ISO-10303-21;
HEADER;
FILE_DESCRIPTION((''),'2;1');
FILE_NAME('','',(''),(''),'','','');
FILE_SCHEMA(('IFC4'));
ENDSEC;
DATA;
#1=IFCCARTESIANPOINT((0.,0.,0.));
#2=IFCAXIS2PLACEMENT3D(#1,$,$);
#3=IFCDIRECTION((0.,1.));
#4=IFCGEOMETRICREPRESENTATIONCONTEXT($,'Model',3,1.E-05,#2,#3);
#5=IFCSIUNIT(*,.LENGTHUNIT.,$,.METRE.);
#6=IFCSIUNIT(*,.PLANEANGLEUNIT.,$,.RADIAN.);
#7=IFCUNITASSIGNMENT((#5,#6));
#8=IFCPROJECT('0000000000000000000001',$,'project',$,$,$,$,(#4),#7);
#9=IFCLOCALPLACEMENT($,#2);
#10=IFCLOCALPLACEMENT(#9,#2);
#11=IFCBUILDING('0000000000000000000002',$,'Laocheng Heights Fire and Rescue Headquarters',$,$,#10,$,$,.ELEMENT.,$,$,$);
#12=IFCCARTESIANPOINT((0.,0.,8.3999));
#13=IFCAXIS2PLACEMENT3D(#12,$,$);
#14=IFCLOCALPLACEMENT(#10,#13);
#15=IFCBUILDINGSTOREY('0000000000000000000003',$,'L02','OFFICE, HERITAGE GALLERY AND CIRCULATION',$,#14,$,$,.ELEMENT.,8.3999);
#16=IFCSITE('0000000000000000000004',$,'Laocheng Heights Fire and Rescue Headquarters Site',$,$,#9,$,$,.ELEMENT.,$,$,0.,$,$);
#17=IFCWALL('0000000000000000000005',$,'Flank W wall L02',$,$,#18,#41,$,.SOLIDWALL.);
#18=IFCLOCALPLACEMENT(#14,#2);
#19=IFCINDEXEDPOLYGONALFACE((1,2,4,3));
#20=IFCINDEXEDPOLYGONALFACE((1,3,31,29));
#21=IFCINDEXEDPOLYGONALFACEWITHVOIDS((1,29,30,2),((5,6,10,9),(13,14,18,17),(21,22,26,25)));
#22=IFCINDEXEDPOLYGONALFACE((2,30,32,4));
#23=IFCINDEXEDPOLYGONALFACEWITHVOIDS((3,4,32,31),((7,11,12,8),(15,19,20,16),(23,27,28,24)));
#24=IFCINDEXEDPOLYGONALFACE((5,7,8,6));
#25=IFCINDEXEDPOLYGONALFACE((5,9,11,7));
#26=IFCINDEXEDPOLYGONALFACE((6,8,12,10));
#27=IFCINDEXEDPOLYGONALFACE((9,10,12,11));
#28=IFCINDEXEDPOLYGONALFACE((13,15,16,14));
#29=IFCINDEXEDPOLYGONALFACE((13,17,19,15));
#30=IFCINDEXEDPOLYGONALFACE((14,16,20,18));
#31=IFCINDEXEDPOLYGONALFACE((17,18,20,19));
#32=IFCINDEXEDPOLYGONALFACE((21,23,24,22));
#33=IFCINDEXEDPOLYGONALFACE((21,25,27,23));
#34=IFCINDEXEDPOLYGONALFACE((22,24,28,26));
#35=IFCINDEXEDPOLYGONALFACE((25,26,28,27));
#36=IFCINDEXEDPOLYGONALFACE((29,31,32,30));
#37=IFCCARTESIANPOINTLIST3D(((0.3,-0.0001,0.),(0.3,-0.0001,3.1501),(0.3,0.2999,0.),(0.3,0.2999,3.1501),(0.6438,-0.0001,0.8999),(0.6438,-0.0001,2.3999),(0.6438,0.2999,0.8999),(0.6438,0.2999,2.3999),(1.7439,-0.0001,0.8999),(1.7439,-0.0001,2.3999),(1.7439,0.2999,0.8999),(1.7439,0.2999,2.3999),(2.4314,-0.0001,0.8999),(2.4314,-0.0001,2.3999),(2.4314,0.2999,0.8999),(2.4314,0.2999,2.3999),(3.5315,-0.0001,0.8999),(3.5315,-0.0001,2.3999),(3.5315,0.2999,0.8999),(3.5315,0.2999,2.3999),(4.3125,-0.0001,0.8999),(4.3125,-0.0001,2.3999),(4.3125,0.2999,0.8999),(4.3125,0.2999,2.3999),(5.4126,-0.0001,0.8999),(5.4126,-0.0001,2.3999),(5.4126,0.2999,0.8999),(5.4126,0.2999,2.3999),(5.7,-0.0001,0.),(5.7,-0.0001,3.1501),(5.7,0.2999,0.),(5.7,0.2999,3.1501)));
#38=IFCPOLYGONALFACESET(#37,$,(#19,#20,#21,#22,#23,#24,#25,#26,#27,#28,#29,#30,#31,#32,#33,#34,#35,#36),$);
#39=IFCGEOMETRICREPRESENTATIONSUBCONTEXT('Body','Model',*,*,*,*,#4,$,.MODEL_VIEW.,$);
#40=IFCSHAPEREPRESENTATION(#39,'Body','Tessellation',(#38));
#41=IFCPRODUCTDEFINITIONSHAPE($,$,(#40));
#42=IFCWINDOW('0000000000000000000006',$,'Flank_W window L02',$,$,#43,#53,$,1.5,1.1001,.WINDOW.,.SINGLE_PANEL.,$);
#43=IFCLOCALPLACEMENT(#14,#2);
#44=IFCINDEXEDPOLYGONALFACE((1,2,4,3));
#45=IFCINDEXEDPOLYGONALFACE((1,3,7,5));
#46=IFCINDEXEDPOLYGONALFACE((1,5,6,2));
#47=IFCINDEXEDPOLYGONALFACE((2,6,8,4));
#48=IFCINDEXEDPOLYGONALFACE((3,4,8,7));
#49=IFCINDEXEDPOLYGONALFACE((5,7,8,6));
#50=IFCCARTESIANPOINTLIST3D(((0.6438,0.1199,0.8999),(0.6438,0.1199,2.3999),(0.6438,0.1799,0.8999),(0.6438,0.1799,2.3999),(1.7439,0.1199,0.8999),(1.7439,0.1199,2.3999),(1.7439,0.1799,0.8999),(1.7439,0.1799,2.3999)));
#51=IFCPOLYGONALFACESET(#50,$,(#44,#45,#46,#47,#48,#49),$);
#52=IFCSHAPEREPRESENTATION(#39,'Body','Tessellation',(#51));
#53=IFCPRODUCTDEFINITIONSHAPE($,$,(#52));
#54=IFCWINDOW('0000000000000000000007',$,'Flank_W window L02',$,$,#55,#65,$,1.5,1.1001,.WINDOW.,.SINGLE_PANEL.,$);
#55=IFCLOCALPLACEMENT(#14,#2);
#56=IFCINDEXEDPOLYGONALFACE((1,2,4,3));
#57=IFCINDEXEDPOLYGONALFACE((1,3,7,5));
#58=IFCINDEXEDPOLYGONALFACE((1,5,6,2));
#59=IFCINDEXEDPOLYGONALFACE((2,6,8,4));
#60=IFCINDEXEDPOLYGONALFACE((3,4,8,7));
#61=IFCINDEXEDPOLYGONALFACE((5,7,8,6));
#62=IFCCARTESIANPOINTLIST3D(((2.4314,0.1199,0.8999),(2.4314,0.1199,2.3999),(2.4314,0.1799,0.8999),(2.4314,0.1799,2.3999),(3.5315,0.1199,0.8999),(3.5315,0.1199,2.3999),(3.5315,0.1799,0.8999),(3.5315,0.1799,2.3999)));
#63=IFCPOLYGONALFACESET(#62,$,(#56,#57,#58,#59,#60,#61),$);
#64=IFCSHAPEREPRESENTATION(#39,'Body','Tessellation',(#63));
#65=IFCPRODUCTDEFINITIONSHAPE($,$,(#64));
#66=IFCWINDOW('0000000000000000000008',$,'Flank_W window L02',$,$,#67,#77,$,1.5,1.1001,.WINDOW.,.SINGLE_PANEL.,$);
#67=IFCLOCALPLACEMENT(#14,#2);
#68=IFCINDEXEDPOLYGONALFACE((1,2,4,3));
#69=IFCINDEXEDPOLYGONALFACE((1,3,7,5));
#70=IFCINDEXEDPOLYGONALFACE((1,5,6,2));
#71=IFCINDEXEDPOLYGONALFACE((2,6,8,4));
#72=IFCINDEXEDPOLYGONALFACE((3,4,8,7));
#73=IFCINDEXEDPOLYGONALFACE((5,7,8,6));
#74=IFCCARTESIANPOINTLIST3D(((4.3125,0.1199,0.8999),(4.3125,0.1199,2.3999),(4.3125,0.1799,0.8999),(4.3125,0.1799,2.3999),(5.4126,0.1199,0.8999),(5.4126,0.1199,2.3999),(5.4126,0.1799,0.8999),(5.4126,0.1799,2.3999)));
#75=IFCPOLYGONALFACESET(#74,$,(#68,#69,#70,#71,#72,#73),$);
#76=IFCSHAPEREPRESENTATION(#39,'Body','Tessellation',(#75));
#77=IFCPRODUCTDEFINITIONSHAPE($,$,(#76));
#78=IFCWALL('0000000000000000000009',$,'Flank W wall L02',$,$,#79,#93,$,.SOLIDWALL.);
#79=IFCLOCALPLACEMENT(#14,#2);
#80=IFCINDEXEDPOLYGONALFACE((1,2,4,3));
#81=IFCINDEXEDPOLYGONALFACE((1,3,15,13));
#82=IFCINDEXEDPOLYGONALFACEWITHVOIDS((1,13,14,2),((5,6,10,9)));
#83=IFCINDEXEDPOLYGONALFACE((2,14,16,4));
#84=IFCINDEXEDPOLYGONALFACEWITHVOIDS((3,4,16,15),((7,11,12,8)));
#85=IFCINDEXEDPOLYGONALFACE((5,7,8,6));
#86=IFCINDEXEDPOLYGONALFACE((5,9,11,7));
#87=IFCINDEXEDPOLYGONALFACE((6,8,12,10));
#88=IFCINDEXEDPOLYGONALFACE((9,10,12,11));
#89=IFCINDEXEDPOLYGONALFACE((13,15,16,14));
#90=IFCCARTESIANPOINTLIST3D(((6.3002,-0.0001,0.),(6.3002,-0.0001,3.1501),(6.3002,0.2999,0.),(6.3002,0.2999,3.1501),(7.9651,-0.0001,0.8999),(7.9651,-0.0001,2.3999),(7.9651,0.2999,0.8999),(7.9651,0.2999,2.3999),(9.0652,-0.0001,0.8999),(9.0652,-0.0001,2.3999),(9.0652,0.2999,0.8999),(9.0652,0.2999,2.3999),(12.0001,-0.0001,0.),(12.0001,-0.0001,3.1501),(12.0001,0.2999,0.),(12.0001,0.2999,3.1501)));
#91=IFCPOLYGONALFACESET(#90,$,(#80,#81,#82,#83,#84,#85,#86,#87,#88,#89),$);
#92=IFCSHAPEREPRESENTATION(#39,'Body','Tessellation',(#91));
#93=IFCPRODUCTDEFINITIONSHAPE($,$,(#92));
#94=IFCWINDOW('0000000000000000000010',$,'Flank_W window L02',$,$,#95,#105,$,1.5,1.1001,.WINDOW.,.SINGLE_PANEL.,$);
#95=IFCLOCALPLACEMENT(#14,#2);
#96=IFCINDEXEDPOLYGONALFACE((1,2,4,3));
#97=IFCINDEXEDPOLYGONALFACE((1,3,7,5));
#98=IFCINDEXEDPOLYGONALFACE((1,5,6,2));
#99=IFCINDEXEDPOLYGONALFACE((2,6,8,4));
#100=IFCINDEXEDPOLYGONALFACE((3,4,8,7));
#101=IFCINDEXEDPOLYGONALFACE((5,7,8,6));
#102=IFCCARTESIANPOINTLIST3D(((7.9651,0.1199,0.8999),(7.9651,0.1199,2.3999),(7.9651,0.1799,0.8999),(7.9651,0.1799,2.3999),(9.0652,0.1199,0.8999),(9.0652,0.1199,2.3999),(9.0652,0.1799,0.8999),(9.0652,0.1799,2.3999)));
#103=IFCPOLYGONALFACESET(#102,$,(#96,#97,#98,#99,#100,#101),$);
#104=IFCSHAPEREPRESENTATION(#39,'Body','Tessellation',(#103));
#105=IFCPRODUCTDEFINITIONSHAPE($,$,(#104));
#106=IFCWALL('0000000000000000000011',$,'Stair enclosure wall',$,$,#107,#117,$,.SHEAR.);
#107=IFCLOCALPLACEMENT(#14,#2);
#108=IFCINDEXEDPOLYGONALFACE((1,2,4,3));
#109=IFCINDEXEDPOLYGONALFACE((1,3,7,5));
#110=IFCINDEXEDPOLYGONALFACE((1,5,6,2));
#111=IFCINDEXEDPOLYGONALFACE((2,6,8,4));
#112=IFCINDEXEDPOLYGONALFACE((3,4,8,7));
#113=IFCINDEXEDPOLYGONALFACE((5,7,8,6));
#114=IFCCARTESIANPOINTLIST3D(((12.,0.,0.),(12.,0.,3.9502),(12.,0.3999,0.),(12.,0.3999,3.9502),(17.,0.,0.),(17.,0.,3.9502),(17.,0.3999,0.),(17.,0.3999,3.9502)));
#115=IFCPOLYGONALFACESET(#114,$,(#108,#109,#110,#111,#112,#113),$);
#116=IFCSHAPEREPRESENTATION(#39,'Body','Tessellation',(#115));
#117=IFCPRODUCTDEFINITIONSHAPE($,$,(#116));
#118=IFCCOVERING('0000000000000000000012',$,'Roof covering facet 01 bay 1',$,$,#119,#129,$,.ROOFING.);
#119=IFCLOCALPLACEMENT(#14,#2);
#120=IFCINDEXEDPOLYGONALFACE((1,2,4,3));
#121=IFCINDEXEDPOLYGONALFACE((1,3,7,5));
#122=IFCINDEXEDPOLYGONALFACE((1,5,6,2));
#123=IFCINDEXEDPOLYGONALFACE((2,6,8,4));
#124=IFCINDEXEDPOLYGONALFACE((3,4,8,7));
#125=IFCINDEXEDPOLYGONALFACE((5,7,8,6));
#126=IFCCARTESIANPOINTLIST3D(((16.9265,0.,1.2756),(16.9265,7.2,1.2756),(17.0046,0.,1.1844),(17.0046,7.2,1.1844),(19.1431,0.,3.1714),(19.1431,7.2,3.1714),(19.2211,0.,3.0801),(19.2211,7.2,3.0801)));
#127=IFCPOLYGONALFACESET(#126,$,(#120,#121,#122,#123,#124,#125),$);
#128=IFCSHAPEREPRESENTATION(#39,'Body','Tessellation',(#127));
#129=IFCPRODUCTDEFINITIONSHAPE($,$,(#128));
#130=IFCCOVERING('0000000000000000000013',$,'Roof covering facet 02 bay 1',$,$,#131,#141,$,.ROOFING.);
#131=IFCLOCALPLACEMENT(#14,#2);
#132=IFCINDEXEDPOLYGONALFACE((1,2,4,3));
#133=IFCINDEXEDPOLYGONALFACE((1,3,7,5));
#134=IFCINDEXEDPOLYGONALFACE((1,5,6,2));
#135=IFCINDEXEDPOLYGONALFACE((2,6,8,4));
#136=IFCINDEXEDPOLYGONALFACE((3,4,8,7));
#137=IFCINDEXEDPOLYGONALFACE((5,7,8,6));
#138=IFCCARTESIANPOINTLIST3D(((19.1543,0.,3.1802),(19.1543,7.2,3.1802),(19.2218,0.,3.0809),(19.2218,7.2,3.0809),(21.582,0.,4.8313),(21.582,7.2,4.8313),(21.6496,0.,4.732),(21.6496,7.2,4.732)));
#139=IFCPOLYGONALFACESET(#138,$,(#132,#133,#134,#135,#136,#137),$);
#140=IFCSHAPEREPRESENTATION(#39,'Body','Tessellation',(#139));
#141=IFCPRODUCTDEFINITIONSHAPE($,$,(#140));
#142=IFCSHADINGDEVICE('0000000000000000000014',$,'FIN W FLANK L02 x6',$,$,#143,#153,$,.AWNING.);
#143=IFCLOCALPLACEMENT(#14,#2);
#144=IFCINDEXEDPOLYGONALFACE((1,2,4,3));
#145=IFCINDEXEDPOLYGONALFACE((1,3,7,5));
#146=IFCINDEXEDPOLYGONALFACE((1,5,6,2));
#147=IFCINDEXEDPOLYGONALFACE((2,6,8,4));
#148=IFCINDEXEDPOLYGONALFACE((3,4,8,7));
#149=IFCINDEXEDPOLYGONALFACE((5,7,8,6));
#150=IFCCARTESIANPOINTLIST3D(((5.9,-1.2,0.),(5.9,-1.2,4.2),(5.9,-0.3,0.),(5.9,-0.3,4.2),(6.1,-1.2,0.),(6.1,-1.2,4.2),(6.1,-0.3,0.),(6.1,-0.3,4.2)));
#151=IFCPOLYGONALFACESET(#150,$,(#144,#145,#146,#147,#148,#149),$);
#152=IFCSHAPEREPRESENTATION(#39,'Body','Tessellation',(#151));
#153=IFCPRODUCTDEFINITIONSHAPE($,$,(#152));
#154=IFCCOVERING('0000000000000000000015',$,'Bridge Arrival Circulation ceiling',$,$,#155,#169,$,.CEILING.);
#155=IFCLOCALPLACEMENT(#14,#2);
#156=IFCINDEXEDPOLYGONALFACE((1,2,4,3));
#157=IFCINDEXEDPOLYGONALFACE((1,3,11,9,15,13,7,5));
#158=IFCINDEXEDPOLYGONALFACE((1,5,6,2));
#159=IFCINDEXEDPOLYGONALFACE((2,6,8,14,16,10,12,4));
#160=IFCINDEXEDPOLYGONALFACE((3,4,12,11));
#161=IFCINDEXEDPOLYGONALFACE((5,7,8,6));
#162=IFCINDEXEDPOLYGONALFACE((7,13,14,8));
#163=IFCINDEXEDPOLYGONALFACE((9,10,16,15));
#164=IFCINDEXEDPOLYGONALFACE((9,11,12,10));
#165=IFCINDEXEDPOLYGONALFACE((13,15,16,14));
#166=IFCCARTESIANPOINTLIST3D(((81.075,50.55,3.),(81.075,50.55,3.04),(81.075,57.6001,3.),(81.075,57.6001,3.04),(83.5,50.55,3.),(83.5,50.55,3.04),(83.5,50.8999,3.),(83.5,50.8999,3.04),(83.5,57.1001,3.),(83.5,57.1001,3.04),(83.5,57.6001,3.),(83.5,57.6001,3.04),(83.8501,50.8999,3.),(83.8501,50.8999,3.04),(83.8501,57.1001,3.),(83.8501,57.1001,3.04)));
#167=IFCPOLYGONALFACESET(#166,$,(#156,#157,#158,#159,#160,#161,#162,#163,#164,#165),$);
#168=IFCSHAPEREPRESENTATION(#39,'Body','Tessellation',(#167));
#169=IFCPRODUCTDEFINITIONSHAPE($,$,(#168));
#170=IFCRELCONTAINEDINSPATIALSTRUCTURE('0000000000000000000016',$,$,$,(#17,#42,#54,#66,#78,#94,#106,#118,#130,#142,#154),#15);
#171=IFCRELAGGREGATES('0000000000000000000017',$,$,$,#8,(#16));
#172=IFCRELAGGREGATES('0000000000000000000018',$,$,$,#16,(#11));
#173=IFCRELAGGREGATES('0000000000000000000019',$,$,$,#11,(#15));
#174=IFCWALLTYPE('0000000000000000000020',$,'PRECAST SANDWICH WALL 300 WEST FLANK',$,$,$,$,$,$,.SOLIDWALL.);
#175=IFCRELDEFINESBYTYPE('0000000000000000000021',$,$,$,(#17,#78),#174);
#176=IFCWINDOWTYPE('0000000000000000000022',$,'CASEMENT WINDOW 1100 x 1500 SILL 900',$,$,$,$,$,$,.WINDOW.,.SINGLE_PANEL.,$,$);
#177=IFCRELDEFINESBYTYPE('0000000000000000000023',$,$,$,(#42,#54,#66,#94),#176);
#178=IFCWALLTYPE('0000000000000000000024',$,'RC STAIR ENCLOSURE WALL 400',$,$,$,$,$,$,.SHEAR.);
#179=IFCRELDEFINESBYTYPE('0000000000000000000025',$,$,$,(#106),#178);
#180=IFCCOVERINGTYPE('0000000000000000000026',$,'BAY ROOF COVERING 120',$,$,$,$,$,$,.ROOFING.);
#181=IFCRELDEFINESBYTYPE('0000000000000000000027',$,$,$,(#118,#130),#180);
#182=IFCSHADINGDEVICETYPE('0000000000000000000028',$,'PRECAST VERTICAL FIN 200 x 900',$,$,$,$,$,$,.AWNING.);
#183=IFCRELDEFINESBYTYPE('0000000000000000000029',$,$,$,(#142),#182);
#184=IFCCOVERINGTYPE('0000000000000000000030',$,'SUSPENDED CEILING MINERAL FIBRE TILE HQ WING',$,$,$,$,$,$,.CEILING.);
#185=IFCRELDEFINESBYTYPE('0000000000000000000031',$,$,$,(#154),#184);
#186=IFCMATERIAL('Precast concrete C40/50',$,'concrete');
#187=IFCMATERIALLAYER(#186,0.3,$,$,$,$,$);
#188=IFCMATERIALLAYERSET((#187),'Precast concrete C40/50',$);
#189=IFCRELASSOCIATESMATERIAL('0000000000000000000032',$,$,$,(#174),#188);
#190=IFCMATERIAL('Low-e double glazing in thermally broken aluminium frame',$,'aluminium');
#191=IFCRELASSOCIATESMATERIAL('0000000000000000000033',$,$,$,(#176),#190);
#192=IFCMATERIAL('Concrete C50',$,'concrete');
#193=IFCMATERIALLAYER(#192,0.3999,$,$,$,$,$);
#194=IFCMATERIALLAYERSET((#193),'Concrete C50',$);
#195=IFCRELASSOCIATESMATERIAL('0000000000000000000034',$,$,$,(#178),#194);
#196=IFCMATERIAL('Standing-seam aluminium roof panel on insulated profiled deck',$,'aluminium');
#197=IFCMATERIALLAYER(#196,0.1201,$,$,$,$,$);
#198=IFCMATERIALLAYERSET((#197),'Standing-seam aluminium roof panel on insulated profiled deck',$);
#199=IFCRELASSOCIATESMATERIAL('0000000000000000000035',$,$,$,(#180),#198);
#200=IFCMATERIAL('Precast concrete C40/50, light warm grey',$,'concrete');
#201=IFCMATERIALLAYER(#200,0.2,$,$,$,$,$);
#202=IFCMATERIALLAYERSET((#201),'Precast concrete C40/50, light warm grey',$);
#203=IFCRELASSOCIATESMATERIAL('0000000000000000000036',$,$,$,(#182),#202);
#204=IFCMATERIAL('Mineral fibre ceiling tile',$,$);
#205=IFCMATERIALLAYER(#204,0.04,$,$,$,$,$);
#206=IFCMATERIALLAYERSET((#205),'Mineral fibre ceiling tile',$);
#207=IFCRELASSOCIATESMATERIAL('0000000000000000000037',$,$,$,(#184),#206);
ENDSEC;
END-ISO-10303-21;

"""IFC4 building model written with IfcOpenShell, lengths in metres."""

from ifc_helpers import new_model, si_unit, direction, frame, frame_2d, origin, origin_2d, place, context, subcontext, project, spatial, polyline, rectangle, outline, extrude, material, layer, layer_set, type_object, element, fill, save


model = new_model("IFC4")

# Units and contexts
model_context = context("Model", 3, precision=1e-05, world=origin(), true_north=direction((0.0, 1.0)))
body_context = subcontext(model_context, "Body", "Model", "MODEL_VIEW")
ifc_project = project(units=[si_unit("LENGTHUNIT", "METRE"), si_unit("PLANEANGLEUNIT", "RADIAN")], contexts=[model_context])

# Site, building, storey
site_placement = place(None, origin())
site = spatial("IfcSite", under=ifc_project, at=site_placement, Name="Laocheng Heights Fire and Rescue Headquarters Site", CompositionType="ELEMENT", RefElevation=0.0)
building_placement = place(site_placement, origin())
building = spatial("IfcBuilding", under=site, at=building_placement, Name="Laocheng Heights Fire and Rescue Headquarters", CompositionType="ELEMENT")
storey_placement = place(building_placement, frame((0.0, 0.0, 8.3999)))
storey = spatial("IfcBuildingStorey", under=building, at=storey_placement, Name="L02", Description="OFFICE, HERITAGE GALLERY AND CIRCULATION", CompositionType="ELEMENT", Elevation=8.3999)

# Wall, openings, windows
ifc_material_1 = material(Name="Precast concrete C40/50", Category="concrete")
ifc_layer_1 = layer(ifc_material_1, 0.3)
ifc_layer_set_1 = layer_set([ifc_layer_1], Name="Precast concrete C40/50")
wall_type_1 = type_object("IfcWallType", Name="PRECAST SANDWICH WALL 300 WEST FLANK", PredefinedType="SOLIDWALL", material=ifc_layer_set_1)
wall_1_placement = place(storey_placement, frame((0.3, 0.1499, 0.0), z_axis=(0.0, 0.0, 1.0), x_axis=(1.0, 0.0, 0.0)))
wall_1 = element("IfcWall", 1, at=wall_1_placement, inside=storey, type_object=wall_type_1, Name="Flank W wall L02", PredefinedType="SOLIDWALL", context=body_context, shape_type="SweptSolid", body=[
    extrude(rectangle(XDim=5.3999, YDim=0.3, at=frame_2d((2.7, 0.0))), origin(), (0.0, 0.0, 1.0), 3.1501),
])
opening_1_placement = place(wall_1_placement, frame((0.3438, 0.0, 0.8999)))
opening_1 = element("IfcOpeningElement", 2, at=opening_1_placement, cuts=wall_1, PredefinedType="OPENING", context=body_context, shape_type="SweptSolid", body=[
    extrude(rectangle(XDim=1.1001, YDim=1.5, at=frame_2d((0.55, 0.75))), frame((0.0, 0.1599, 0.0), z_axis=(0.0, -1.0, 0.0), x_axis=(1.0, 0.0, 0.0)), (0.0, 0.0, 1.0), 0.3201),
])
opening_2_placement = place(wall_1_placement, frame((2.1313, 0.0, 0.8999)))
opening_2 = element("IfcOpeningElement", 3, at=opening_2_placement, cuts=wall_1, PredefinedType="OPENING", context=body_context, shape_type="SweptSolid", body=[
    extrude(rectangle(XDim=1.1001, YDim=1.5, at=frame_2d((0.55, 0.75))), frame((0.0, 0.1599, 0.0), z_axis=(0.0, -1.0, 0.0), x_axis=(1.0, 0.0, 0.0)), (0.0, 0.0, 1.0), 0.3201),
])
opening_3_placement = place(wall_1_placement, frame((4.0125, 0.0, 0.8999)))
opening_3 = element("IfcOpeningElement", 4, at=opening_3_placement, cuts=wall_1, PredefinedType="OPENING", context=body_context, shape_type="SweptSolid", body=[
    extrude(rectangle(XDim=1.1001, YDim=1.5, at=frame_2d((0.55, 0.75))), frame((0.0, 0.1599, 0.0), z_axis=(0.0, -1.0, 0.0), x_axis=(1.0, 0.0, 0.0)), (0.0, 0.0, 1.0), 0.3201),
])
ifc_material_2 = material(Name="Low-e double glazing in thermally broken aluminium frame", Category="aluminium")
window_type = type_object("IfcWindowType", Name="CASEMENT WINDOW 1100 x 1500 SILL 900", PartitioningType="SINGLE_PANEL", PredefinedType="WINDOW", material=ifc_material_2)
window_1_placement = place(opening_1_placement, origin())
window_1 = element("IfcWindow", 5, at=window_1_placement, inside=storey, type_object=window_type, Name="Flank_W window L02", OverallHeight=1.5, OverallWidth=1.1001, PartitioningType="SINGLE_PANEL", PredefinedType="WINDOW", context=body_context, shape_type="SweptSolid", body=[
    extrude(rectangle(XDim=1.1001, YDim=1.5, at=frame_2d((0.55, 0.75))), frame((0.0, 0.03, 0.0), z_axis=(0.0, -1.0, 0.0), x_axis=(1.0, 0.0, 0.0)), (0.0, 0.0, 1.0), 0.0601),
])
fill(opening_1, window_1)
window_2_placement = place(opening_2_placement, origin())
window_2 = element("IfcWindow", 6, at=window_2_placement, inside=storey, type_object=window_type, Name="Flank_W window L02", OverallHeight=1.5, OverallWidth=1.1001, PartitioningType="SINGLE_PANEL", PredefinedType="WINDOW", context=body_context, shape_type="SweptSolid", body=[
    extrude(rectangle(XDim=1.1001, YDim=1.5, at=frame_2d((0.55, 0.75))), frame((0.0, 0.03, 0.0), z_axis=(0.0, -1.0, 0.0), x_axis=(1.0, 0.0, 0.0)), (0.0, 0.0, 1.0), 0.0601),
])
fill(opening_2, window_2)
window_3_placement = place(opening_3_placement, origin())
window_3 = element("IfcWindow", 7, at=window_3_placement, inside=storey, type_object=window_type, Name="Flank_W window L02", OverallHeight=1.5, OverallWidth=1.1001, PartitioningType="SINGLE_PANEL", PredefinedType="WINDOW", context=body_context, shape_type="SweptSolid", body=[
    extrude(rectangle(XDim=1.1001, YDim=1.5, at=frame_2d((0.55, 0.75))), frame((0.0, 0.03, 0.0), z_axis=(0.0, -1.0, 0.0), x_axis=(1.0, 0.0, 0.0)), (0.0, 0.0, 1.0), 0.0601),
])
fill(opening_3, window_3)

# Wall, opening, window
wall_2_placement = place(storey_placement, frame((6.3, 0.1499, 0.0), z_axis=(0.0, 0.0, 1.0), x_axis=(1.0, 0.0, 0.0)))
wall_2 = element("IfcWall", 8, at=wall_2_placement, inside=storey, type_object=wall_type_1, Name="Flank W wall L02", PredefinedType="SOLIDWALL", context=body_context, shape_type="SweptSolid", body=[
    extrude(rectangle(XDim=5.7, YDim=0.3, at=frame_2d((2.8501, 0.0))), origin(), (0.0, 0.0, 1.0), 3.1501),
])
opening_4_placement = place(wall_2_placement, frame((1.665, 0.0, 0.8999)))
opening_4 = element("IfcOpeningElement", 9, at=opening_4_placement, cuts=wall_2, PredefinedType="OPENING", context=body_context, shape_type="SweptSolid", body=[
    extrude(rectangle(XDim=1.1001, YDim=1.5, at=frame_2d((0.55, 0.75))), frame((0.0, 0.1599, 0.0), z_axis=(0.0, -1.0, 0.0), x_axis=(1.0, 0.0, 0.0)), (0.0, 0.0, 1.0), 0.3201),
])
window_4_placement = place(opening_4_placement, origin())
window_4 = element("IfcWindow", 10, at=window_4_placement, inside=storey, type_object=window_type, Name="Flank_W window L02", OverallHeight=1.5, OverallWidth=1.1001, PartitioningType="SINGLE_PANEL", PredefinedType="WINDOW", context=body_context, shape_type="SweptSolid", body=[
    extrude(rectangle(XDim=1.1001, YDim=1.5, at=frame_2d((0.55, 0.75))), frame((0.0, 0.03, 0.0), z_axis=(0.0, -1.0, 0.0), x_axis=(1.0, 0.0, 0.0)), (0.0, 0.0, 1.0), 0.0601),
])
fill(opening_4, window_4)

# Wall
ifc_material_3 = material(Name="Concrete C50", Category="concrete")
ifc_layer_2 = layer(ifc_material_3, 0.3999)
ifc_layer_set_2 = layer_set([ifc_layer_2], Name="Concrete C50")
wall_type_2 = type_object("IfcWallType", Name="RC STAIR ENCLOSURE WALL 400", PredefinedType="SHEAR", material=ifc_layer_set_2)
wall_3_placement = place(storey_placement, frame((12.0, 0.2, 0.0), z_axis=(0.0, 0.0, 1.0), x_axis=(1.0, 0.0, 0.0)))
element("IfcWall", 11, at=wall_3_placement, inside=storey, type_object=wall_type_2, Name="Stair enclosure wall", PredefinedType="SHEAR", context=body_context, shape_type="SweptSolid", body=[
    extrude(rectangle(XDim=5.0, YDim=0.3999, at=frame_2d((2.5, 0.0))), origin(), (0.0, 0.0, 1.0), 3.9502),
])

# Coverings
ifc_material_4 = material(Name="Standing-seam aluminium roof panel on insulated profiled deck", Category="aluminium")
ifc_layer_3 = layer(ifc_material_4, 0.1201)
ifc_layer_set_3 = layer_set([ifc_layer_3], Name="Standing-seam aluminium roof panel on insulated profiled deck")
covering_type_1 = type_object("IfcCoveringType", Name="BAY ROOF COVERING 120", PredefinedType="ROOFING", material=ifc_layer_set_3)
covering_1_placement = place(storey_placement, frame((16.9265, 0.0, 1.2756), z_axis=(-0.649971, 0.0, 0.759959), x_axis=(0.759959, 0.0, 0.649971)))
element("IfcCovering", 12, at=covering_1_placement, inside=storey, type_object=covering_type_1, Name="Roof covering facet 01 bay 1", PredefinedType="ROOFING", context=body_context, shape_type="SweptSolid", body=[
    extrude(outline(polyline([(0.0, 0.0), (2.9167, 0.0), (2.9167, 7.2), (0.0, 7.2), (0.0, 0.0)])), origin(), (0.0, 0.0, -1.0), 0.1201),
])
covering_2_placement = place(storey_placement, frame((19.1543, 0.0, 3.1802), z_axis=(-0.562371, 0.0, 0.826885), x_axis=(0.826885, 0.0, 0.562371)))
element("IfcCovering", 13, at=covering_2_placement, inside=storey, type_object=covering_type_1, Name="Roof covering facet 02 bay 1", PredefinedType="ROOFING", context=body_context, shape_type="SweptSolid", body=[
    extrude(outline(polyline([(0.0, 0.0), (2.936, 0.0), (2.936, 7.2), (0.0, 7.2), (0.0, 0.0)])), origin(), (0.0, 0.0, -1.0), 0.1201),
])

# Shading device
ifc_material_5 = material(Name="Precast concrete C40/50, light warm grey", Category="concrete")
ifc_layer_4 = layer(ifc_material_5, 0.2)
ifc_layer_set_4 = layer_set([ifc_layer_4], Name="Precast concrete C40/50, light warm grey")
shading_device_type = type_object("IfcShadingDeviceType", Name="PRECAST VERTICAL FIN 200 x 900", PredefinedType="AWNING", material=ifc_layer_set_4)
shading_device_placement = place(storey_placement, frame((6.0, -0.75, 0.0), z_axis=(0.0, 0.0, 1.0), x_axis=(1.0, 0.0, 0.0)))
element("IfcShadingDevice", 14, at=shading_device_placement, inside=storey, type_object=shading_device_type, Name="FIN W FLANK L02 x6", PredefinedType="AWNING", context=body_context, shape_type="SweptSolid", body=[
    extrude(rectangle(XDim=0.2, YDim=0.8999, at=origin_2d()), origin(), (0.0, 0.0, 1.0), 4.2),
])

# Covering
ifc_material_6 = material(Name="Mineral fibre ceiling tile")
ifc_layer_5 = layer(ifc_material_6, 0.04)
ifc_layer_set_5 = layer_set([ifc_layer_5], Name="Mineral fibre ceiling tile")
covering_type_2 = type_object("IfcCoveringType", Name="SUSPENDED CEILING MINERAL FIBRE TILE HQ WING", PredefinedType="CEILING", material=ifc_layer_set_5)
covering_3_placement = place(storey_placement, frame((0.0, 0.0, 3.0)))
element("IfcCovering", 15, at=covering_3_placement, inside=storey, type_object=covering_type_2, Name="Bridge Arrival Circulation ceiling", PredefinedType="CEILING", context=body_context, shape_type="SweptSolid", body=[
    extrude(outline(polyline([(83.8501, 50.8999), (83.5, 50.8999), (83.5, 50.55), (81.075, 50.55), (81.075, 57.6001), (83.5, 57.6001), (83.5, 57.1001), (83.8501, 57.1001), (83.8501, 50.8999)])), origin(), (0.0, 0.0, 1.0), 0.04),
])

save(model, "model.ifc")
